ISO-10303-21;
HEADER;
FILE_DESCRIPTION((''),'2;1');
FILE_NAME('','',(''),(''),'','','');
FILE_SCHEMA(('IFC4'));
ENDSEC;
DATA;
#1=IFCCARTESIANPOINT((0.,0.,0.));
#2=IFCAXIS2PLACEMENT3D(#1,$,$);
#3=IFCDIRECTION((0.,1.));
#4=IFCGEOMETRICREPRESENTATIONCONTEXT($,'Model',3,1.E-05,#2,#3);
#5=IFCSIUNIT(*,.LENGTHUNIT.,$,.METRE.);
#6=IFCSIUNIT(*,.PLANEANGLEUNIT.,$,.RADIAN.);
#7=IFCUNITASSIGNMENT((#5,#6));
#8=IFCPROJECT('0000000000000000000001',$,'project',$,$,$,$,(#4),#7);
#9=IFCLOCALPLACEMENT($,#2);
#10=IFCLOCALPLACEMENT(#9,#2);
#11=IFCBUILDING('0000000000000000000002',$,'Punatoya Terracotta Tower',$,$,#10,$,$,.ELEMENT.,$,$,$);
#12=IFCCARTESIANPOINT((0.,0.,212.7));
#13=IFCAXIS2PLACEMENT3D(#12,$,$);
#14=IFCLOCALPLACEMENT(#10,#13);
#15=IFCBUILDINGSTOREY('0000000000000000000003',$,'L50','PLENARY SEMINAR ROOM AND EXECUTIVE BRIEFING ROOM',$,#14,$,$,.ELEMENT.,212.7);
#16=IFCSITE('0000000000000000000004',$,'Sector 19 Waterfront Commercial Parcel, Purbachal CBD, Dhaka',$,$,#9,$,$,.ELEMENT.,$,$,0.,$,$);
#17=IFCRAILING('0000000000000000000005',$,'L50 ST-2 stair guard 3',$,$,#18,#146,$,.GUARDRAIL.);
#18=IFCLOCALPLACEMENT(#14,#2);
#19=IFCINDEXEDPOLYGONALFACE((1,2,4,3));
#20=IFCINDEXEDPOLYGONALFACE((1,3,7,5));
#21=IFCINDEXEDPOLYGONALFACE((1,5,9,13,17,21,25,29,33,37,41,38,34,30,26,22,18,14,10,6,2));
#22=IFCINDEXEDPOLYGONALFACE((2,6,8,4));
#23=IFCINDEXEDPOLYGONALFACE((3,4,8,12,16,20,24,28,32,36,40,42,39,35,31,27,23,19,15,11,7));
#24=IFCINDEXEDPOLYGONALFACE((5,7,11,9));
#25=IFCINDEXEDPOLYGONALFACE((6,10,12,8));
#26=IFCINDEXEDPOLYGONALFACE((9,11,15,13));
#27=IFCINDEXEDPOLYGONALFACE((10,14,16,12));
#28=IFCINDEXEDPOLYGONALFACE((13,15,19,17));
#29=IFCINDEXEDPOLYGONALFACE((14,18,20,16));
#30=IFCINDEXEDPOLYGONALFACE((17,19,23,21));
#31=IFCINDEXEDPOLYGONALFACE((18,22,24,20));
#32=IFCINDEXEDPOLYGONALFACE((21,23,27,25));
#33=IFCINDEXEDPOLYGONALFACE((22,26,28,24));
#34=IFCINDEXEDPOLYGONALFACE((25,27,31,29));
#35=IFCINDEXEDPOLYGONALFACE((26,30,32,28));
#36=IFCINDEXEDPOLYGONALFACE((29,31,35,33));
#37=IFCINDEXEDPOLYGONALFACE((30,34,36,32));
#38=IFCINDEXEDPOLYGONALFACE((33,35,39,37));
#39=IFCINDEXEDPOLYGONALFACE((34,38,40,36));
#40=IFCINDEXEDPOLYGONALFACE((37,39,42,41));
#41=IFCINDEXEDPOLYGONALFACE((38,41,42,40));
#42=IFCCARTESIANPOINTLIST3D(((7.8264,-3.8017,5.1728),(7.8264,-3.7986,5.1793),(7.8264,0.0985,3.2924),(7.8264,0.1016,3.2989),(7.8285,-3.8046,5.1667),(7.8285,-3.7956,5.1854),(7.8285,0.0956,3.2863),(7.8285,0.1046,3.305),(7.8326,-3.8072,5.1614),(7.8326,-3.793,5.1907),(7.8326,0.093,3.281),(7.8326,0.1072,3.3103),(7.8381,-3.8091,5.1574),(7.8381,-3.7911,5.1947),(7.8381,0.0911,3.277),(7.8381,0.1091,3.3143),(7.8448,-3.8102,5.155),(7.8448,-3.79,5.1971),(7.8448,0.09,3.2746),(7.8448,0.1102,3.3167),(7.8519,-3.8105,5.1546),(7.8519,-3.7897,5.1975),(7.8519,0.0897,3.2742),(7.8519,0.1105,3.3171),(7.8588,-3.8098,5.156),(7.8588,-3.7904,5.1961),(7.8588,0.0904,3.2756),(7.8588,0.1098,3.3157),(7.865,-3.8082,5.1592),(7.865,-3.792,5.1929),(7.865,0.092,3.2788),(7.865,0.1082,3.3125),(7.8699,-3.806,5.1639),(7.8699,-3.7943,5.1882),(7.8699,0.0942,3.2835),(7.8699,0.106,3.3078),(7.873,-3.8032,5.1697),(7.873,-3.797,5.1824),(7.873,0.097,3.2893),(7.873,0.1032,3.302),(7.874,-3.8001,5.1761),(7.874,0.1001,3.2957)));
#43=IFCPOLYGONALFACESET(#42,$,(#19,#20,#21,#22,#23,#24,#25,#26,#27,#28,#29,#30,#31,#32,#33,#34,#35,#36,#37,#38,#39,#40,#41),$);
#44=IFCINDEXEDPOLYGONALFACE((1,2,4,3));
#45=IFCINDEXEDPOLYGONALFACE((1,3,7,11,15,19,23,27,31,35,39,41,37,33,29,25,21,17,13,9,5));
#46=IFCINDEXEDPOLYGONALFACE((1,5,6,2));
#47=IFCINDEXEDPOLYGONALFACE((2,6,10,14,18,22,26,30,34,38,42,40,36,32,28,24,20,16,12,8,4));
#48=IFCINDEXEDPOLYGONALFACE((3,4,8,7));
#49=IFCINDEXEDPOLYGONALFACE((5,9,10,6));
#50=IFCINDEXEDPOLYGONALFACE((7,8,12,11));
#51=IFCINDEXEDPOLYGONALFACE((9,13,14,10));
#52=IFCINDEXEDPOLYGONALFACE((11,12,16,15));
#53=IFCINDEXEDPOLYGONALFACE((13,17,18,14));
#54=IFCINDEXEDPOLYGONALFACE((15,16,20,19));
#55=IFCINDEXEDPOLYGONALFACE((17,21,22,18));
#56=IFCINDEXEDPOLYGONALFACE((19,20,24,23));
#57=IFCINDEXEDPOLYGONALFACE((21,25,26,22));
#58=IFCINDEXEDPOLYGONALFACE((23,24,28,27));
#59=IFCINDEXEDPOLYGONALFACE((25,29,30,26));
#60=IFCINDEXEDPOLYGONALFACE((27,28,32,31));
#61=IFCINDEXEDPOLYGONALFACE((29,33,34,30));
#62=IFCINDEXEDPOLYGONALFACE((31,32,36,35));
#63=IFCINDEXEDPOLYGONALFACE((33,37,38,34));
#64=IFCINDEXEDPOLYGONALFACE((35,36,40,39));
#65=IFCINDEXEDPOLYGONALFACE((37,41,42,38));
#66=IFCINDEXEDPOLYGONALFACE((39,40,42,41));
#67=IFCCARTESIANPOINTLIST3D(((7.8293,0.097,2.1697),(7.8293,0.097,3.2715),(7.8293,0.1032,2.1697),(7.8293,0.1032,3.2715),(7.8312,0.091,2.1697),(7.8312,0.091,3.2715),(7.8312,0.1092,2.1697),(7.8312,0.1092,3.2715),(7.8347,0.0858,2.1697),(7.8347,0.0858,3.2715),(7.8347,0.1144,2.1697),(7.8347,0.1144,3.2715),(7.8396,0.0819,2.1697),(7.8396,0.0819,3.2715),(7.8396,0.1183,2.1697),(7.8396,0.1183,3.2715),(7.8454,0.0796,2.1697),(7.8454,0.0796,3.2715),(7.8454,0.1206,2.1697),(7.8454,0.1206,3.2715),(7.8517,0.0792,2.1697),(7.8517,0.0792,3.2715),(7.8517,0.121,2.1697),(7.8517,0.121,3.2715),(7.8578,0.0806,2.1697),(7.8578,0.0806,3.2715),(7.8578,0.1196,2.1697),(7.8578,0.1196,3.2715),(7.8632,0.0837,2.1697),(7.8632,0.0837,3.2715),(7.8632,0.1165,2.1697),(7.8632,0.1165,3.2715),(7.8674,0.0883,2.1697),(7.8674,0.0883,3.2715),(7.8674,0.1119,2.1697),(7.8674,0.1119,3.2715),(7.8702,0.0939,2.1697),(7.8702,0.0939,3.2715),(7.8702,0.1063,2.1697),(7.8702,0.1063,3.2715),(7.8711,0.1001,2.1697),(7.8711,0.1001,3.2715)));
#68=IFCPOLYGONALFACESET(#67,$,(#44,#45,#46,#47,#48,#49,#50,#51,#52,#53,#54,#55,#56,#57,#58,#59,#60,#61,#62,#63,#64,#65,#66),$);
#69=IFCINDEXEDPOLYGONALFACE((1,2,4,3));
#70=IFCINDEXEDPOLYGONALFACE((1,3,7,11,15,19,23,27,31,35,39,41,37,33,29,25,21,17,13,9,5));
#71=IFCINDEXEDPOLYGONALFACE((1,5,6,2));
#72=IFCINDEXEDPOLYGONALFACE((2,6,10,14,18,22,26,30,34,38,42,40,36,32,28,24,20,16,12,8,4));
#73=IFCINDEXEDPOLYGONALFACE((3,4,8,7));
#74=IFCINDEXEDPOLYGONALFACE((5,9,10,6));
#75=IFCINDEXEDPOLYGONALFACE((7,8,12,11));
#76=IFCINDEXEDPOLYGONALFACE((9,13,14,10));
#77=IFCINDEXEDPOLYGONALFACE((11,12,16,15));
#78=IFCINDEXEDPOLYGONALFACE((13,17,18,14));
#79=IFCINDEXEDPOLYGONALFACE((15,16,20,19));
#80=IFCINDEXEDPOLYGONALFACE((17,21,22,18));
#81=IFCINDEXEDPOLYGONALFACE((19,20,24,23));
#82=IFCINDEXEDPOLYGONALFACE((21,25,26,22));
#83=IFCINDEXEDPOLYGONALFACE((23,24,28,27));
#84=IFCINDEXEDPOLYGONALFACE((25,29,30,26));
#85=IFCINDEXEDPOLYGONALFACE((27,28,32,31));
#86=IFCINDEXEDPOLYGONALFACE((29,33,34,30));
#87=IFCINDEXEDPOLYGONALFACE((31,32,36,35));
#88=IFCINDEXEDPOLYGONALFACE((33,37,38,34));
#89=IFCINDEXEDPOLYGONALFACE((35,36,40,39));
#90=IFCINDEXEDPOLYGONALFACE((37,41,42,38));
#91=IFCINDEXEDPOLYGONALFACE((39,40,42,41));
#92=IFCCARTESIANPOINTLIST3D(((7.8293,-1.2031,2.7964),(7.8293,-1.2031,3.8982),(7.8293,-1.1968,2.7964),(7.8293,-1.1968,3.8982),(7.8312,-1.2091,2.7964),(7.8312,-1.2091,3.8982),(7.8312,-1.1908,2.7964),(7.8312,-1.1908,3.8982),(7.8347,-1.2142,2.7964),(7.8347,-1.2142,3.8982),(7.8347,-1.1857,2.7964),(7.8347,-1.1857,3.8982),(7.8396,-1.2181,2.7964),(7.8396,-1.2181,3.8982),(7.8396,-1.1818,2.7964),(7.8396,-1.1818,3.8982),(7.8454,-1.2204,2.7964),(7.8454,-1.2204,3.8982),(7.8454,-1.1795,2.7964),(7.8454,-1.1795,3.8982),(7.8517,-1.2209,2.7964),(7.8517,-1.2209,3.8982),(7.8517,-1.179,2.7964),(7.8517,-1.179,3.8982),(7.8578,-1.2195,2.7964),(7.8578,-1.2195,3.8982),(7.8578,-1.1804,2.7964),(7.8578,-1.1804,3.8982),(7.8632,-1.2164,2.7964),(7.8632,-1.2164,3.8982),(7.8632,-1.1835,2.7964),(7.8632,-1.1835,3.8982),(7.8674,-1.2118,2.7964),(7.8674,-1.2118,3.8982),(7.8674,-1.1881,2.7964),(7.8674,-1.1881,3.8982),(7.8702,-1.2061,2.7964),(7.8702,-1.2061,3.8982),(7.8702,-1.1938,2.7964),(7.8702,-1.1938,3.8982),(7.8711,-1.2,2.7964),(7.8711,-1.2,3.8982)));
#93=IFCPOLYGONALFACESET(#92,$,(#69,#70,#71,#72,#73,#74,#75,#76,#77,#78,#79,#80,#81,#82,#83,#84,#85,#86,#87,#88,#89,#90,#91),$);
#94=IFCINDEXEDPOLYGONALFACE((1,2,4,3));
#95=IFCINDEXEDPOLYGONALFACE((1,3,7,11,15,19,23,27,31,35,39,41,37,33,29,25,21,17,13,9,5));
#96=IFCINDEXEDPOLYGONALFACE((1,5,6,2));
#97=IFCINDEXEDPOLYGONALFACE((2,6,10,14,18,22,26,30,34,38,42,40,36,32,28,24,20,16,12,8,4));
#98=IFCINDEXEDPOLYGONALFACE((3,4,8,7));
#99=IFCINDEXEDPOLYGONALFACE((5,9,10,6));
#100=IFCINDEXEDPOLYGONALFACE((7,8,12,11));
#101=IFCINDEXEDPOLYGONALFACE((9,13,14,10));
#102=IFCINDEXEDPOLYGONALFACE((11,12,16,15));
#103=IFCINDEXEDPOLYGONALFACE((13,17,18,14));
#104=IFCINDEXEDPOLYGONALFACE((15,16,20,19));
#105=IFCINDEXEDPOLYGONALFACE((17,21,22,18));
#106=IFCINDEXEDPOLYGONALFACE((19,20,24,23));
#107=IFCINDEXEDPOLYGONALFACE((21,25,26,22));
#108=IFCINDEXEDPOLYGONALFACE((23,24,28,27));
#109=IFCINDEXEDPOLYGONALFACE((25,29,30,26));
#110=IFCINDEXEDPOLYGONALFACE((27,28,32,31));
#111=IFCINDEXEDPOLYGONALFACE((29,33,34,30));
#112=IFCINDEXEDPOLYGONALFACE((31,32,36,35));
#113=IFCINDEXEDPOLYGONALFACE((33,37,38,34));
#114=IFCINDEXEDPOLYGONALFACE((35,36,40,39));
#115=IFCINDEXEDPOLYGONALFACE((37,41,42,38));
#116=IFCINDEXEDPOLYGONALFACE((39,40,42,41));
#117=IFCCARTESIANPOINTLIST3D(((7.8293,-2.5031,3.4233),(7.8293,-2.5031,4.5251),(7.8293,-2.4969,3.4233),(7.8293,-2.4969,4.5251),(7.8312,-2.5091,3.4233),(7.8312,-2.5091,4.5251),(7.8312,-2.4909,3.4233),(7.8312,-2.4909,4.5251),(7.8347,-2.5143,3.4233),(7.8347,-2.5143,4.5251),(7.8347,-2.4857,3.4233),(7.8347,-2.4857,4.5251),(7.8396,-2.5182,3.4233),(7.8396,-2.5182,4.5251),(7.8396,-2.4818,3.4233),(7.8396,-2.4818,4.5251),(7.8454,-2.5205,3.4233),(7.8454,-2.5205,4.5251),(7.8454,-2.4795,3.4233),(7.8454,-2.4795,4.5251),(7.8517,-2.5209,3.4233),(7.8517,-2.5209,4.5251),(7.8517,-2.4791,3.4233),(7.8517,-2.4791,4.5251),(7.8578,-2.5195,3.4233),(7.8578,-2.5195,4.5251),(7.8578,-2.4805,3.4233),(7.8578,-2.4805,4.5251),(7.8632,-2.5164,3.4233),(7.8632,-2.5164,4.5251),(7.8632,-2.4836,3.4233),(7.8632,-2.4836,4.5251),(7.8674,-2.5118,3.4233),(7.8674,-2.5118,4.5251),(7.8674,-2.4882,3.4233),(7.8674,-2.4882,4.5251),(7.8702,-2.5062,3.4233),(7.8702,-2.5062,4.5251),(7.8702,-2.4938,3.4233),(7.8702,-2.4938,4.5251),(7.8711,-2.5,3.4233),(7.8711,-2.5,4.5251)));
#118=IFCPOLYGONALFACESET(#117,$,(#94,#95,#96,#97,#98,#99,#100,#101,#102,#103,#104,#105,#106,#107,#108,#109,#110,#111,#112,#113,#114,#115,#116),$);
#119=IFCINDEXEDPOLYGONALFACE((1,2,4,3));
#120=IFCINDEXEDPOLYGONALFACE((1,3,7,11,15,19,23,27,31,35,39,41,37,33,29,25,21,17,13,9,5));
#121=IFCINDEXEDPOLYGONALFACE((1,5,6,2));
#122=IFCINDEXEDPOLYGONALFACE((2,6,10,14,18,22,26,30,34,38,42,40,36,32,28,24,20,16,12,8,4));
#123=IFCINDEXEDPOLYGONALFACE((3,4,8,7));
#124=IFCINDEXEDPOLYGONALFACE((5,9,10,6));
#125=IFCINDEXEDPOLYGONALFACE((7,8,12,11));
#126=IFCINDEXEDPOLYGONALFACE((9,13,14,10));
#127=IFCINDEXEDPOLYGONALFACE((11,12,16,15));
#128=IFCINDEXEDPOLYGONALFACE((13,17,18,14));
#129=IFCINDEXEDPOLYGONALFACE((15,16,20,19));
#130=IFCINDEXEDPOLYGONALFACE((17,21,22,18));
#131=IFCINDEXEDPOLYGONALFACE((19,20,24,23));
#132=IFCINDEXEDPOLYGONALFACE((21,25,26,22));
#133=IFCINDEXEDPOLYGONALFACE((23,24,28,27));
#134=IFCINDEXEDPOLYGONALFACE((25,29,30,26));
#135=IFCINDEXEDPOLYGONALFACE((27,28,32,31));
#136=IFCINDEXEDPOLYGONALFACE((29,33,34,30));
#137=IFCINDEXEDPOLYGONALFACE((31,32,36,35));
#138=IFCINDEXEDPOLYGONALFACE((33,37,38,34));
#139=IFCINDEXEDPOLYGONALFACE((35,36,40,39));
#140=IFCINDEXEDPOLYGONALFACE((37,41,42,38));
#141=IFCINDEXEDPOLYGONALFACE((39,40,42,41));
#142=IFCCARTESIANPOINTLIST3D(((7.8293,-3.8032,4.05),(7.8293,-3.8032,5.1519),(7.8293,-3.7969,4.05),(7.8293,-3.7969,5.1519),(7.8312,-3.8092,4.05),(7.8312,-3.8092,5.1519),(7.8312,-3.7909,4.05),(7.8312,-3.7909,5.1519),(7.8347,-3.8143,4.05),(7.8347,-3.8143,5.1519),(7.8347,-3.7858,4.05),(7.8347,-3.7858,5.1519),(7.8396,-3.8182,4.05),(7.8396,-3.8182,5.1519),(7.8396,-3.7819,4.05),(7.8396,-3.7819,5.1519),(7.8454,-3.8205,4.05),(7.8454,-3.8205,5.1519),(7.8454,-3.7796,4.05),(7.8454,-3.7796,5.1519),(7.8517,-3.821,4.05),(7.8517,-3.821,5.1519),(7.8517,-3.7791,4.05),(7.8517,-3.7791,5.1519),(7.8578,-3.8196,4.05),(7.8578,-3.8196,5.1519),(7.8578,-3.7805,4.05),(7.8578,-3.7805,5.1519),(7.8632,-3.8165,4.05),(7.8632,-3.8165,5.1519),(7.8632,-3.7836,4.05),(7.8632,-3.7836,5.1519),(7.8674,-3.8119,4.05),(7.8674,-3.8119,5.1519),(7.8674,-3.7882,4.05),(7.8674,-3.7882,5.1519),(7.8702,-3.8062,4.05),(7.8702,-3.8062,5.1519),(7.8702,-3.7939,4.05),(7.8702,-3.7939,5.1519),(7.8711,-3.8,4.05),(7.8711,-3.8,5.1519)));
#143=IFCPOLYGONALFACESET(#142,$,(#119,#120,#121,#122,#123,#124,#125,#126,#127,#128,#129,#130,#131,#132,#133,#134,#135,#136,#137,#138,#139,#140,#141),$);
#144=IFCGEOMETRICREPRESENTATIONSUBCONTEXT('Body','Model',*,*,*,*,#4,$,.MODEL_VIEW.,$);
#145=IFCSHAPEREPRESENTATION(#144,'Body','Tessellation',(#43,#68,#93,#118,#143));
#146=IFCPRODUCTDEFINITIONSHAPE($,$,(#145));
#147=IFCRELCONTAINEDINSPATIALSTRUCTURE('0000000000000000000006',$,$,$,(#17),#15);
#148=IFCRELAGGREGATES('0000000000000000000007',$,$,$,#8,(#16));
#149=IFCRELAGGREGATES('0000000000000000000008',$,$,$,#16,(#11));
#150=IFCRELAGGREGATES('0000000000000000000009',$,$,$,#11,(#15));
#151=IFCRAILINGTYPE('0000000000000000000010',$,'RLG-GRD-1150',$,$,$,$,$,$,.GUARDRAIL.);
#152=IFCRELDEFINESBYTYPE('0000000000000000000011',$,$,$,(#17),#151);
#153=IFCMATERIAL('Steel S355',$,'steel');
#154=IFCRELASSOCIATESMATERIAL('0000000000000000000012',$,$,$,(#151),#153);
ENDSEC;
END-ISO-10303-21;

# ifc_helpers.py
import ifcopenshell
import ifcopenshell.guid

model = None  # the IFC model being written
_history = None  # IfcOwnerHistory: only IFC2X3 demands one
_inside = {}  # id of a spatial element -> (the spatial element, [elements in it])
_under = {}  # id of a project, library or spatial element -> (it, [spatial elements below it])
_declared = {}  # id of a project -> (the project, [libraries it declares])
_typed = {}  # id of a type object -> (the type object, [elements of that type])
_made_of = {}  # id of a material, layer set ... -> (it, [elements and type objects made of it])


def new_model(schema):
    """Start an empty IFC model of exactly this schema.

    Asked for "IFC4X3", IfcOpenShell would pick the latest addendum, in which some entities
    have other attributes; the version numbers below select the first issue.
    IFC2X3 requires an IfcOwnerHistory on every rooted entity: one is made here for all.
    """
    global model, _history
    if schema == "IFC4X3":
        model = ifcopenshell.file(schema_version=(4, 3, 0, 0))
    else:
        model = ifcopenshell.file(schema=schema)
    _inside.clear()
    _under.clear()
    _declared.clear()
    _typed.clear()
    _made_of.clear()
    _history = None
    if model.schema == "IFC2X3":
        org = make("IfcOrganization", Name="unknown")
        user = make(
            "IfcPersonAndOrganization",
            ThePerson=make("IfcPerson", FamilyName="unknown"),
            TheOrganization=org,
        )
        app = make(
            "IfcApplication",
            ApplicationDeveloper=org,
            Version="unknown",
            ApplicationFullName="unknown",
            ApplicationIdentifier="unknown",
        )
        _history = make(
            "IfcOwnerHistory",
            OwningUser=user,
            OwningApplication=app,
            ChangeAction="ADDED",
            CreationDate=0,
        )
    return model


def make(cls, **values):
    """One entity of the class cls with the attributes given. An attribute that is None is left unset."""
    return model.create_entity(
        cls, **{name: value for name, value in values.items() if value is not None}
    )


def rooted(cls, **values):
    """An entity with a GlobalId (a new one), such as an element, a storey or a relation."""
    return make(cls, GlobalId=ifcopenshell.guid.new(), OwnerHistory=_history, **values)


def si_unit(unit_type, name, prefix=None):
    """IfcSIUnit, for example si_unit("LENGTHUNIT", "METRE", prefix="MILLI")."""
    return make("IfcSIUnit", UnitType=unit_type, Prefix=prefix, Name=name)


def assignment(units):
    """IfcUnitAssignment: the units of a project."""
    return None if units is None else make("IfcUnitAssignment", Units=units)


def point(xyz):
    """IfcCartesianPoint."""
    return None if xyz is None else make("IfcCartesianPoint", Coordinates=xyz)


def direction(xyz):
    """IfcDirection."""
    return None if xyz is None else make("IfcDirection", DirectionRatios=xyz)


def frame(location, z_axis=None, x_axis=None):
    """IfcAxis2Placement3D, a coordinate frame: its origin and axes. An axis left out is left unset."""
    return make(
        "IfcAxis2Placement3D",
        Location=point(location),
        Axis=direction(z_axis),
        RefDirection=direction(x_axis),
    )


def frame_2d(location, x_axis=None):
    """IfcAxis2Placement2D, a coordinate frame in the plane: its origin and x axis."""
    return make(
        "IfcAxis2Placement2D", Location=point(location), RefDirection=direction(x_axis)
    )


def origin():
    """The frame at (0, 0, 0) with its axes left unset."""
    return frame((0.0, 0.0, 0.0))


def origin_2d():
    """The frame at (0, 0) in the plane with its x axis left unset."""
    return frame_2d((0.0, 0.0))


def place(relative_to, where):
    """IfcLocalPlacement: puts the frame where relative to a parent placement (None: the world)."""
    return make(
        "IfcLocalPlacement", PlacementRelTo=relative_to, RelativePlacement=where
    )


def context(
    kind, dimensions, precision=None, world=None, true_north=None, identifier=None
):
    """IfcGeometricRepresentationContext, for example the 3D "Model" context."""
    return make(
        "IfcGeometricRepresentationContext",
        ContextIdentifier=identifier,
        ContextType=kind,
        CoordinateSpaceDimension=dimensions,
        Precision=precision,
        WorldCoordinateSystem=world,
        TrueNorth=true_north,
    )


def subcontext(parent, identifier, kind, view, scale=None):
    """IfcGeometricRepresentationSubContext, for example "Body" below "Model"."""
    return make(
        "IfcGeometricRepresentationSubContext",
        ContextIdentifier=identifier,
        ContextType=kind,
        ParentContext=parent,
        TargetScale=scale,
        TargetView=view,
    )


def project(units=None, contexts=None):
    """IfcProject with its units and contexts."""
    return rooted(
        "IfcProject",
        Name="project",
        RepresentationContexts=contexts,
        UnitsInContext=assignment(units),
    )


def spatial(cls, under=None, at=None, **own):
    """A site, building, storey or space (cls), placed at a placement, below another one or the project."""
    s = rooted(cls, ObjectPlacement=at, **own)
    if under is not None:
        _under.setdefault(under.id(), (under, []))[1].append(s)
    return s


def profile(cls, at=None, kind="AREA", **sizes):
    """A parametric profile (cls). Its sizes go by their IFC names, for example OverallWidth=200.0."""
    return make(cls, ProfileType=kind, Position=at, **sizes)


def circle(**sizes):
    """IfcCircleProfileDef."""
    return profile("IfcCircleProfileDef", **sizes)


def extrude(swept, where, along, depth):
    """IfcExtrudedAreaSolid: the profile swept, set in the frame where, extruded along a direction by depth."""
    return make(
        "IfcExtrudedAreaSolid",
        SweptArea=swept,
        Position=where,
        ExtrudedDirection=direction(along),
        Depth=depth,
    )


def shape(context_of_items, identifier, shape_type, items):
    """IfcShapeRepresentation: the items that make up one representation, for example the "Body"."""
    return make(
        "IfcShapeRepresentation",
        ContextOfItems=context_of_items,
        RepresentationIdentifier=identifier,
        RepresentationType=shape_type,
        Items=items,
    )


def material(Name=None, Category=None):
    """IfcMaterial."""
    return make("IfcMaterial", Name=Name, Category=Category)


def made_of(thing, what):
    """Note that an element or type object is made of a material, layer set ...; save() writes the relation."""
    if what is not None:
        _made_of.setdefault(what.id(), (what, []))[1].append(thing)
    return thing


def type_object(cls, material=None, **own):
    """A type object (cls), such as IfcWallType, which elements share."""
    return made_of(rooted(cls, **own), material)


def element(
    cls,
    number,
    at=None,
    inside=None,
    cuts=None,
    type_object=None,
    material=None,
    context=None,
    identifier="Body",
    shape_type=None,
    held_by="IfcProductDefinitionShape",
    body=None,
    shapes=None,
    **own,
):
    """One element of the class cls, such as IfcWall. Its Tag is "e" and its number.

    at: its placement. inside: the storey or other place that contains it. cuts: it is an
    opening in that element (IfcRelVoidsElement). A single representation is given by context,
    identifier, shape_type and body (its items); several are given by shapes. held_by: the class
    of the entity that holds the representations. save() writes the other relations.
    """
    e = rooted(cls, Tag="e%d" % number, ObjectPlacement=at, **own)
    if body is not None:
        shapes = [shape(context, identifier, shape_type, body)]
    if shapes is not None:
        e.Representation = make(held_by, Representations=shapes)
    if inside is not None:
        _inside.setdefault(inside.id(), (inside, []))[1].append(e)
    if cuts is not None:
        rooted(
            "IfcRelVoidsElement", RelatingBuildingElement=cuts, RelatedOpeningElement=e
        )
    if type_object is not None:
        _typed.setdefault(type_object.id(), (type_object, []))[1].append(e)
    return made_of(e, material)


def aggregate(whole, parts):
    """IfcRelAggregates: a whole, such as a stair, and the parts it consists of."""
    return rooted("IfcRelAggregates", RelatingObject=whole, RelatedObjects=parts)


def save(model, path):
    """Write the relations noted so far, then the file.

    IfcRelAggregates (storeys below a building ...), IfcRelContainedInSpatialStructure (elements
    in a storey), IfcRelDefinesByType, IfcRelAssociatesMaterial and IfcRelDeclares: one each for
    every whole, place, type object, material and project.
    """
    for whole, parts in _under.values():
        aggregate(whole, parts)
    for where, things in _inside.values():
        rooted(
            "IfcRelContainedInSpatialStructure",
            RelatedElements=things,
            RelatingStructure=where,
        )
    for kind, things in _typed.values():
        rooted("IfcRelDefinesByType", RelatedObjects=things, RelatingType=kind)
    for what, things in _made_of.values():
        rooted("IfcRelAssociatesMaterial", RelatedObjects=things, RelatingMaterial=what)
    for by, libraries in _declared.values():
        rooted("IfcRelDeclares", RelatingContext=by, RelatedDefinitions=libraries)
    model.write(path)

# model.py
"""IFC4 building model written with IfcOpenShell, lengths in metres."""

from ifc_helpers import new_model, si_unit, direction, frame, origin, origin_2d, place, context, subcontext, project, spatial, circle, extrude, material, type_object, element, save


model = new_model("IFC4")

# Units and contexts
model_context = context("Model", 3, precision=1e-05, world=origin(), true_north=direction((0.0, 1.0)))
body_context = subcontext(model_context, "Body", "Model", "MODEL_VIEW")
ifc_project = project(units=[si_unit("LENGTHUNIT", "METRE"), si_unit("PLANEANGLEUNIT", "RADIAN")], contexts=[model_context])

# Site, building, storey
site_placement = place(None, origin())
site = spatial("IfcSite", under=ifc_project, at=site_placement, Name="Sector 19 Waterfront Commercial Parcel, Purbachal CBD, Dhaka", CompositionType="ELEMENT", RefElevation=0.0)
building_placement = place(site_placement, origin())
building = spatial("IfcBuilding", under=site, at=building_placement, Name="Punatoya Terracotta Tower", CompositionType="ELEMENT")
storey_placement = place(building_placement, frame((0.0, 0.0, 212.7)))
storey = spatial("IfcBuildingStorey", under=building, at=storey_placement, Name="L50", Description="PLENARY SEMINAR ROOM AND EXECUTIVE BRIEFING ROOM", CompositionType="ELEMENT", Elevation=212.7)

# Shared definitions
ifc_material_1 = material(Name="Steel S355", Category="steel")

# Railing
railing_type_1 = type_object("IfcRailingType", Name="RLG-GRD-1150", PredefinedType="GUARDRAIL", material=ifc_material_1)
railing_1_placement = place(storey_placement, frame((7.8501, 0.1001, 2.1697)))
element("IfcRailing", 1, at=railing_1_placement, inside=storey, type_object=railing_type_1, Name="L50 ST-2 stair guard 3", PredefinedType="GUARDRAIL", context=body_context, shape_type="SweptSolid", body=[
    extrude(circle(Radius=0.0239, at=origin_2d()), frame((0.0, 0.0, 1.126), z_axis=(0.0, -0.900774, 0.434289), x_axis=(1.0, 0.0, 0.0)), (0.0, 0.0, 1.0), 4.3298),
    extrude(circle(Radius=0.021, at=origin_2d()), origin(), (0.0, 0.0, 1.0), 1.1018),
    extrude(circle(Radius=0.021, at=origin_2d()), frame((0.0, -1.3, 0.6267)), (0.0, 0.0, 1.0), 1.1018),
    extrude(circle(Radius=0.021, at=origin_2d()), frame((0.0, -2.6001, 1.2537)), (0.0, 0.0, 1.0), 1.1018),
    extrude(circle(Radius=0.021, at=origin_2d()), frame((0.0, -3.9001, 1.8804)), (0.0, 0.0, 1.0), 1.1018),
])

save(model, "model.ifc")
